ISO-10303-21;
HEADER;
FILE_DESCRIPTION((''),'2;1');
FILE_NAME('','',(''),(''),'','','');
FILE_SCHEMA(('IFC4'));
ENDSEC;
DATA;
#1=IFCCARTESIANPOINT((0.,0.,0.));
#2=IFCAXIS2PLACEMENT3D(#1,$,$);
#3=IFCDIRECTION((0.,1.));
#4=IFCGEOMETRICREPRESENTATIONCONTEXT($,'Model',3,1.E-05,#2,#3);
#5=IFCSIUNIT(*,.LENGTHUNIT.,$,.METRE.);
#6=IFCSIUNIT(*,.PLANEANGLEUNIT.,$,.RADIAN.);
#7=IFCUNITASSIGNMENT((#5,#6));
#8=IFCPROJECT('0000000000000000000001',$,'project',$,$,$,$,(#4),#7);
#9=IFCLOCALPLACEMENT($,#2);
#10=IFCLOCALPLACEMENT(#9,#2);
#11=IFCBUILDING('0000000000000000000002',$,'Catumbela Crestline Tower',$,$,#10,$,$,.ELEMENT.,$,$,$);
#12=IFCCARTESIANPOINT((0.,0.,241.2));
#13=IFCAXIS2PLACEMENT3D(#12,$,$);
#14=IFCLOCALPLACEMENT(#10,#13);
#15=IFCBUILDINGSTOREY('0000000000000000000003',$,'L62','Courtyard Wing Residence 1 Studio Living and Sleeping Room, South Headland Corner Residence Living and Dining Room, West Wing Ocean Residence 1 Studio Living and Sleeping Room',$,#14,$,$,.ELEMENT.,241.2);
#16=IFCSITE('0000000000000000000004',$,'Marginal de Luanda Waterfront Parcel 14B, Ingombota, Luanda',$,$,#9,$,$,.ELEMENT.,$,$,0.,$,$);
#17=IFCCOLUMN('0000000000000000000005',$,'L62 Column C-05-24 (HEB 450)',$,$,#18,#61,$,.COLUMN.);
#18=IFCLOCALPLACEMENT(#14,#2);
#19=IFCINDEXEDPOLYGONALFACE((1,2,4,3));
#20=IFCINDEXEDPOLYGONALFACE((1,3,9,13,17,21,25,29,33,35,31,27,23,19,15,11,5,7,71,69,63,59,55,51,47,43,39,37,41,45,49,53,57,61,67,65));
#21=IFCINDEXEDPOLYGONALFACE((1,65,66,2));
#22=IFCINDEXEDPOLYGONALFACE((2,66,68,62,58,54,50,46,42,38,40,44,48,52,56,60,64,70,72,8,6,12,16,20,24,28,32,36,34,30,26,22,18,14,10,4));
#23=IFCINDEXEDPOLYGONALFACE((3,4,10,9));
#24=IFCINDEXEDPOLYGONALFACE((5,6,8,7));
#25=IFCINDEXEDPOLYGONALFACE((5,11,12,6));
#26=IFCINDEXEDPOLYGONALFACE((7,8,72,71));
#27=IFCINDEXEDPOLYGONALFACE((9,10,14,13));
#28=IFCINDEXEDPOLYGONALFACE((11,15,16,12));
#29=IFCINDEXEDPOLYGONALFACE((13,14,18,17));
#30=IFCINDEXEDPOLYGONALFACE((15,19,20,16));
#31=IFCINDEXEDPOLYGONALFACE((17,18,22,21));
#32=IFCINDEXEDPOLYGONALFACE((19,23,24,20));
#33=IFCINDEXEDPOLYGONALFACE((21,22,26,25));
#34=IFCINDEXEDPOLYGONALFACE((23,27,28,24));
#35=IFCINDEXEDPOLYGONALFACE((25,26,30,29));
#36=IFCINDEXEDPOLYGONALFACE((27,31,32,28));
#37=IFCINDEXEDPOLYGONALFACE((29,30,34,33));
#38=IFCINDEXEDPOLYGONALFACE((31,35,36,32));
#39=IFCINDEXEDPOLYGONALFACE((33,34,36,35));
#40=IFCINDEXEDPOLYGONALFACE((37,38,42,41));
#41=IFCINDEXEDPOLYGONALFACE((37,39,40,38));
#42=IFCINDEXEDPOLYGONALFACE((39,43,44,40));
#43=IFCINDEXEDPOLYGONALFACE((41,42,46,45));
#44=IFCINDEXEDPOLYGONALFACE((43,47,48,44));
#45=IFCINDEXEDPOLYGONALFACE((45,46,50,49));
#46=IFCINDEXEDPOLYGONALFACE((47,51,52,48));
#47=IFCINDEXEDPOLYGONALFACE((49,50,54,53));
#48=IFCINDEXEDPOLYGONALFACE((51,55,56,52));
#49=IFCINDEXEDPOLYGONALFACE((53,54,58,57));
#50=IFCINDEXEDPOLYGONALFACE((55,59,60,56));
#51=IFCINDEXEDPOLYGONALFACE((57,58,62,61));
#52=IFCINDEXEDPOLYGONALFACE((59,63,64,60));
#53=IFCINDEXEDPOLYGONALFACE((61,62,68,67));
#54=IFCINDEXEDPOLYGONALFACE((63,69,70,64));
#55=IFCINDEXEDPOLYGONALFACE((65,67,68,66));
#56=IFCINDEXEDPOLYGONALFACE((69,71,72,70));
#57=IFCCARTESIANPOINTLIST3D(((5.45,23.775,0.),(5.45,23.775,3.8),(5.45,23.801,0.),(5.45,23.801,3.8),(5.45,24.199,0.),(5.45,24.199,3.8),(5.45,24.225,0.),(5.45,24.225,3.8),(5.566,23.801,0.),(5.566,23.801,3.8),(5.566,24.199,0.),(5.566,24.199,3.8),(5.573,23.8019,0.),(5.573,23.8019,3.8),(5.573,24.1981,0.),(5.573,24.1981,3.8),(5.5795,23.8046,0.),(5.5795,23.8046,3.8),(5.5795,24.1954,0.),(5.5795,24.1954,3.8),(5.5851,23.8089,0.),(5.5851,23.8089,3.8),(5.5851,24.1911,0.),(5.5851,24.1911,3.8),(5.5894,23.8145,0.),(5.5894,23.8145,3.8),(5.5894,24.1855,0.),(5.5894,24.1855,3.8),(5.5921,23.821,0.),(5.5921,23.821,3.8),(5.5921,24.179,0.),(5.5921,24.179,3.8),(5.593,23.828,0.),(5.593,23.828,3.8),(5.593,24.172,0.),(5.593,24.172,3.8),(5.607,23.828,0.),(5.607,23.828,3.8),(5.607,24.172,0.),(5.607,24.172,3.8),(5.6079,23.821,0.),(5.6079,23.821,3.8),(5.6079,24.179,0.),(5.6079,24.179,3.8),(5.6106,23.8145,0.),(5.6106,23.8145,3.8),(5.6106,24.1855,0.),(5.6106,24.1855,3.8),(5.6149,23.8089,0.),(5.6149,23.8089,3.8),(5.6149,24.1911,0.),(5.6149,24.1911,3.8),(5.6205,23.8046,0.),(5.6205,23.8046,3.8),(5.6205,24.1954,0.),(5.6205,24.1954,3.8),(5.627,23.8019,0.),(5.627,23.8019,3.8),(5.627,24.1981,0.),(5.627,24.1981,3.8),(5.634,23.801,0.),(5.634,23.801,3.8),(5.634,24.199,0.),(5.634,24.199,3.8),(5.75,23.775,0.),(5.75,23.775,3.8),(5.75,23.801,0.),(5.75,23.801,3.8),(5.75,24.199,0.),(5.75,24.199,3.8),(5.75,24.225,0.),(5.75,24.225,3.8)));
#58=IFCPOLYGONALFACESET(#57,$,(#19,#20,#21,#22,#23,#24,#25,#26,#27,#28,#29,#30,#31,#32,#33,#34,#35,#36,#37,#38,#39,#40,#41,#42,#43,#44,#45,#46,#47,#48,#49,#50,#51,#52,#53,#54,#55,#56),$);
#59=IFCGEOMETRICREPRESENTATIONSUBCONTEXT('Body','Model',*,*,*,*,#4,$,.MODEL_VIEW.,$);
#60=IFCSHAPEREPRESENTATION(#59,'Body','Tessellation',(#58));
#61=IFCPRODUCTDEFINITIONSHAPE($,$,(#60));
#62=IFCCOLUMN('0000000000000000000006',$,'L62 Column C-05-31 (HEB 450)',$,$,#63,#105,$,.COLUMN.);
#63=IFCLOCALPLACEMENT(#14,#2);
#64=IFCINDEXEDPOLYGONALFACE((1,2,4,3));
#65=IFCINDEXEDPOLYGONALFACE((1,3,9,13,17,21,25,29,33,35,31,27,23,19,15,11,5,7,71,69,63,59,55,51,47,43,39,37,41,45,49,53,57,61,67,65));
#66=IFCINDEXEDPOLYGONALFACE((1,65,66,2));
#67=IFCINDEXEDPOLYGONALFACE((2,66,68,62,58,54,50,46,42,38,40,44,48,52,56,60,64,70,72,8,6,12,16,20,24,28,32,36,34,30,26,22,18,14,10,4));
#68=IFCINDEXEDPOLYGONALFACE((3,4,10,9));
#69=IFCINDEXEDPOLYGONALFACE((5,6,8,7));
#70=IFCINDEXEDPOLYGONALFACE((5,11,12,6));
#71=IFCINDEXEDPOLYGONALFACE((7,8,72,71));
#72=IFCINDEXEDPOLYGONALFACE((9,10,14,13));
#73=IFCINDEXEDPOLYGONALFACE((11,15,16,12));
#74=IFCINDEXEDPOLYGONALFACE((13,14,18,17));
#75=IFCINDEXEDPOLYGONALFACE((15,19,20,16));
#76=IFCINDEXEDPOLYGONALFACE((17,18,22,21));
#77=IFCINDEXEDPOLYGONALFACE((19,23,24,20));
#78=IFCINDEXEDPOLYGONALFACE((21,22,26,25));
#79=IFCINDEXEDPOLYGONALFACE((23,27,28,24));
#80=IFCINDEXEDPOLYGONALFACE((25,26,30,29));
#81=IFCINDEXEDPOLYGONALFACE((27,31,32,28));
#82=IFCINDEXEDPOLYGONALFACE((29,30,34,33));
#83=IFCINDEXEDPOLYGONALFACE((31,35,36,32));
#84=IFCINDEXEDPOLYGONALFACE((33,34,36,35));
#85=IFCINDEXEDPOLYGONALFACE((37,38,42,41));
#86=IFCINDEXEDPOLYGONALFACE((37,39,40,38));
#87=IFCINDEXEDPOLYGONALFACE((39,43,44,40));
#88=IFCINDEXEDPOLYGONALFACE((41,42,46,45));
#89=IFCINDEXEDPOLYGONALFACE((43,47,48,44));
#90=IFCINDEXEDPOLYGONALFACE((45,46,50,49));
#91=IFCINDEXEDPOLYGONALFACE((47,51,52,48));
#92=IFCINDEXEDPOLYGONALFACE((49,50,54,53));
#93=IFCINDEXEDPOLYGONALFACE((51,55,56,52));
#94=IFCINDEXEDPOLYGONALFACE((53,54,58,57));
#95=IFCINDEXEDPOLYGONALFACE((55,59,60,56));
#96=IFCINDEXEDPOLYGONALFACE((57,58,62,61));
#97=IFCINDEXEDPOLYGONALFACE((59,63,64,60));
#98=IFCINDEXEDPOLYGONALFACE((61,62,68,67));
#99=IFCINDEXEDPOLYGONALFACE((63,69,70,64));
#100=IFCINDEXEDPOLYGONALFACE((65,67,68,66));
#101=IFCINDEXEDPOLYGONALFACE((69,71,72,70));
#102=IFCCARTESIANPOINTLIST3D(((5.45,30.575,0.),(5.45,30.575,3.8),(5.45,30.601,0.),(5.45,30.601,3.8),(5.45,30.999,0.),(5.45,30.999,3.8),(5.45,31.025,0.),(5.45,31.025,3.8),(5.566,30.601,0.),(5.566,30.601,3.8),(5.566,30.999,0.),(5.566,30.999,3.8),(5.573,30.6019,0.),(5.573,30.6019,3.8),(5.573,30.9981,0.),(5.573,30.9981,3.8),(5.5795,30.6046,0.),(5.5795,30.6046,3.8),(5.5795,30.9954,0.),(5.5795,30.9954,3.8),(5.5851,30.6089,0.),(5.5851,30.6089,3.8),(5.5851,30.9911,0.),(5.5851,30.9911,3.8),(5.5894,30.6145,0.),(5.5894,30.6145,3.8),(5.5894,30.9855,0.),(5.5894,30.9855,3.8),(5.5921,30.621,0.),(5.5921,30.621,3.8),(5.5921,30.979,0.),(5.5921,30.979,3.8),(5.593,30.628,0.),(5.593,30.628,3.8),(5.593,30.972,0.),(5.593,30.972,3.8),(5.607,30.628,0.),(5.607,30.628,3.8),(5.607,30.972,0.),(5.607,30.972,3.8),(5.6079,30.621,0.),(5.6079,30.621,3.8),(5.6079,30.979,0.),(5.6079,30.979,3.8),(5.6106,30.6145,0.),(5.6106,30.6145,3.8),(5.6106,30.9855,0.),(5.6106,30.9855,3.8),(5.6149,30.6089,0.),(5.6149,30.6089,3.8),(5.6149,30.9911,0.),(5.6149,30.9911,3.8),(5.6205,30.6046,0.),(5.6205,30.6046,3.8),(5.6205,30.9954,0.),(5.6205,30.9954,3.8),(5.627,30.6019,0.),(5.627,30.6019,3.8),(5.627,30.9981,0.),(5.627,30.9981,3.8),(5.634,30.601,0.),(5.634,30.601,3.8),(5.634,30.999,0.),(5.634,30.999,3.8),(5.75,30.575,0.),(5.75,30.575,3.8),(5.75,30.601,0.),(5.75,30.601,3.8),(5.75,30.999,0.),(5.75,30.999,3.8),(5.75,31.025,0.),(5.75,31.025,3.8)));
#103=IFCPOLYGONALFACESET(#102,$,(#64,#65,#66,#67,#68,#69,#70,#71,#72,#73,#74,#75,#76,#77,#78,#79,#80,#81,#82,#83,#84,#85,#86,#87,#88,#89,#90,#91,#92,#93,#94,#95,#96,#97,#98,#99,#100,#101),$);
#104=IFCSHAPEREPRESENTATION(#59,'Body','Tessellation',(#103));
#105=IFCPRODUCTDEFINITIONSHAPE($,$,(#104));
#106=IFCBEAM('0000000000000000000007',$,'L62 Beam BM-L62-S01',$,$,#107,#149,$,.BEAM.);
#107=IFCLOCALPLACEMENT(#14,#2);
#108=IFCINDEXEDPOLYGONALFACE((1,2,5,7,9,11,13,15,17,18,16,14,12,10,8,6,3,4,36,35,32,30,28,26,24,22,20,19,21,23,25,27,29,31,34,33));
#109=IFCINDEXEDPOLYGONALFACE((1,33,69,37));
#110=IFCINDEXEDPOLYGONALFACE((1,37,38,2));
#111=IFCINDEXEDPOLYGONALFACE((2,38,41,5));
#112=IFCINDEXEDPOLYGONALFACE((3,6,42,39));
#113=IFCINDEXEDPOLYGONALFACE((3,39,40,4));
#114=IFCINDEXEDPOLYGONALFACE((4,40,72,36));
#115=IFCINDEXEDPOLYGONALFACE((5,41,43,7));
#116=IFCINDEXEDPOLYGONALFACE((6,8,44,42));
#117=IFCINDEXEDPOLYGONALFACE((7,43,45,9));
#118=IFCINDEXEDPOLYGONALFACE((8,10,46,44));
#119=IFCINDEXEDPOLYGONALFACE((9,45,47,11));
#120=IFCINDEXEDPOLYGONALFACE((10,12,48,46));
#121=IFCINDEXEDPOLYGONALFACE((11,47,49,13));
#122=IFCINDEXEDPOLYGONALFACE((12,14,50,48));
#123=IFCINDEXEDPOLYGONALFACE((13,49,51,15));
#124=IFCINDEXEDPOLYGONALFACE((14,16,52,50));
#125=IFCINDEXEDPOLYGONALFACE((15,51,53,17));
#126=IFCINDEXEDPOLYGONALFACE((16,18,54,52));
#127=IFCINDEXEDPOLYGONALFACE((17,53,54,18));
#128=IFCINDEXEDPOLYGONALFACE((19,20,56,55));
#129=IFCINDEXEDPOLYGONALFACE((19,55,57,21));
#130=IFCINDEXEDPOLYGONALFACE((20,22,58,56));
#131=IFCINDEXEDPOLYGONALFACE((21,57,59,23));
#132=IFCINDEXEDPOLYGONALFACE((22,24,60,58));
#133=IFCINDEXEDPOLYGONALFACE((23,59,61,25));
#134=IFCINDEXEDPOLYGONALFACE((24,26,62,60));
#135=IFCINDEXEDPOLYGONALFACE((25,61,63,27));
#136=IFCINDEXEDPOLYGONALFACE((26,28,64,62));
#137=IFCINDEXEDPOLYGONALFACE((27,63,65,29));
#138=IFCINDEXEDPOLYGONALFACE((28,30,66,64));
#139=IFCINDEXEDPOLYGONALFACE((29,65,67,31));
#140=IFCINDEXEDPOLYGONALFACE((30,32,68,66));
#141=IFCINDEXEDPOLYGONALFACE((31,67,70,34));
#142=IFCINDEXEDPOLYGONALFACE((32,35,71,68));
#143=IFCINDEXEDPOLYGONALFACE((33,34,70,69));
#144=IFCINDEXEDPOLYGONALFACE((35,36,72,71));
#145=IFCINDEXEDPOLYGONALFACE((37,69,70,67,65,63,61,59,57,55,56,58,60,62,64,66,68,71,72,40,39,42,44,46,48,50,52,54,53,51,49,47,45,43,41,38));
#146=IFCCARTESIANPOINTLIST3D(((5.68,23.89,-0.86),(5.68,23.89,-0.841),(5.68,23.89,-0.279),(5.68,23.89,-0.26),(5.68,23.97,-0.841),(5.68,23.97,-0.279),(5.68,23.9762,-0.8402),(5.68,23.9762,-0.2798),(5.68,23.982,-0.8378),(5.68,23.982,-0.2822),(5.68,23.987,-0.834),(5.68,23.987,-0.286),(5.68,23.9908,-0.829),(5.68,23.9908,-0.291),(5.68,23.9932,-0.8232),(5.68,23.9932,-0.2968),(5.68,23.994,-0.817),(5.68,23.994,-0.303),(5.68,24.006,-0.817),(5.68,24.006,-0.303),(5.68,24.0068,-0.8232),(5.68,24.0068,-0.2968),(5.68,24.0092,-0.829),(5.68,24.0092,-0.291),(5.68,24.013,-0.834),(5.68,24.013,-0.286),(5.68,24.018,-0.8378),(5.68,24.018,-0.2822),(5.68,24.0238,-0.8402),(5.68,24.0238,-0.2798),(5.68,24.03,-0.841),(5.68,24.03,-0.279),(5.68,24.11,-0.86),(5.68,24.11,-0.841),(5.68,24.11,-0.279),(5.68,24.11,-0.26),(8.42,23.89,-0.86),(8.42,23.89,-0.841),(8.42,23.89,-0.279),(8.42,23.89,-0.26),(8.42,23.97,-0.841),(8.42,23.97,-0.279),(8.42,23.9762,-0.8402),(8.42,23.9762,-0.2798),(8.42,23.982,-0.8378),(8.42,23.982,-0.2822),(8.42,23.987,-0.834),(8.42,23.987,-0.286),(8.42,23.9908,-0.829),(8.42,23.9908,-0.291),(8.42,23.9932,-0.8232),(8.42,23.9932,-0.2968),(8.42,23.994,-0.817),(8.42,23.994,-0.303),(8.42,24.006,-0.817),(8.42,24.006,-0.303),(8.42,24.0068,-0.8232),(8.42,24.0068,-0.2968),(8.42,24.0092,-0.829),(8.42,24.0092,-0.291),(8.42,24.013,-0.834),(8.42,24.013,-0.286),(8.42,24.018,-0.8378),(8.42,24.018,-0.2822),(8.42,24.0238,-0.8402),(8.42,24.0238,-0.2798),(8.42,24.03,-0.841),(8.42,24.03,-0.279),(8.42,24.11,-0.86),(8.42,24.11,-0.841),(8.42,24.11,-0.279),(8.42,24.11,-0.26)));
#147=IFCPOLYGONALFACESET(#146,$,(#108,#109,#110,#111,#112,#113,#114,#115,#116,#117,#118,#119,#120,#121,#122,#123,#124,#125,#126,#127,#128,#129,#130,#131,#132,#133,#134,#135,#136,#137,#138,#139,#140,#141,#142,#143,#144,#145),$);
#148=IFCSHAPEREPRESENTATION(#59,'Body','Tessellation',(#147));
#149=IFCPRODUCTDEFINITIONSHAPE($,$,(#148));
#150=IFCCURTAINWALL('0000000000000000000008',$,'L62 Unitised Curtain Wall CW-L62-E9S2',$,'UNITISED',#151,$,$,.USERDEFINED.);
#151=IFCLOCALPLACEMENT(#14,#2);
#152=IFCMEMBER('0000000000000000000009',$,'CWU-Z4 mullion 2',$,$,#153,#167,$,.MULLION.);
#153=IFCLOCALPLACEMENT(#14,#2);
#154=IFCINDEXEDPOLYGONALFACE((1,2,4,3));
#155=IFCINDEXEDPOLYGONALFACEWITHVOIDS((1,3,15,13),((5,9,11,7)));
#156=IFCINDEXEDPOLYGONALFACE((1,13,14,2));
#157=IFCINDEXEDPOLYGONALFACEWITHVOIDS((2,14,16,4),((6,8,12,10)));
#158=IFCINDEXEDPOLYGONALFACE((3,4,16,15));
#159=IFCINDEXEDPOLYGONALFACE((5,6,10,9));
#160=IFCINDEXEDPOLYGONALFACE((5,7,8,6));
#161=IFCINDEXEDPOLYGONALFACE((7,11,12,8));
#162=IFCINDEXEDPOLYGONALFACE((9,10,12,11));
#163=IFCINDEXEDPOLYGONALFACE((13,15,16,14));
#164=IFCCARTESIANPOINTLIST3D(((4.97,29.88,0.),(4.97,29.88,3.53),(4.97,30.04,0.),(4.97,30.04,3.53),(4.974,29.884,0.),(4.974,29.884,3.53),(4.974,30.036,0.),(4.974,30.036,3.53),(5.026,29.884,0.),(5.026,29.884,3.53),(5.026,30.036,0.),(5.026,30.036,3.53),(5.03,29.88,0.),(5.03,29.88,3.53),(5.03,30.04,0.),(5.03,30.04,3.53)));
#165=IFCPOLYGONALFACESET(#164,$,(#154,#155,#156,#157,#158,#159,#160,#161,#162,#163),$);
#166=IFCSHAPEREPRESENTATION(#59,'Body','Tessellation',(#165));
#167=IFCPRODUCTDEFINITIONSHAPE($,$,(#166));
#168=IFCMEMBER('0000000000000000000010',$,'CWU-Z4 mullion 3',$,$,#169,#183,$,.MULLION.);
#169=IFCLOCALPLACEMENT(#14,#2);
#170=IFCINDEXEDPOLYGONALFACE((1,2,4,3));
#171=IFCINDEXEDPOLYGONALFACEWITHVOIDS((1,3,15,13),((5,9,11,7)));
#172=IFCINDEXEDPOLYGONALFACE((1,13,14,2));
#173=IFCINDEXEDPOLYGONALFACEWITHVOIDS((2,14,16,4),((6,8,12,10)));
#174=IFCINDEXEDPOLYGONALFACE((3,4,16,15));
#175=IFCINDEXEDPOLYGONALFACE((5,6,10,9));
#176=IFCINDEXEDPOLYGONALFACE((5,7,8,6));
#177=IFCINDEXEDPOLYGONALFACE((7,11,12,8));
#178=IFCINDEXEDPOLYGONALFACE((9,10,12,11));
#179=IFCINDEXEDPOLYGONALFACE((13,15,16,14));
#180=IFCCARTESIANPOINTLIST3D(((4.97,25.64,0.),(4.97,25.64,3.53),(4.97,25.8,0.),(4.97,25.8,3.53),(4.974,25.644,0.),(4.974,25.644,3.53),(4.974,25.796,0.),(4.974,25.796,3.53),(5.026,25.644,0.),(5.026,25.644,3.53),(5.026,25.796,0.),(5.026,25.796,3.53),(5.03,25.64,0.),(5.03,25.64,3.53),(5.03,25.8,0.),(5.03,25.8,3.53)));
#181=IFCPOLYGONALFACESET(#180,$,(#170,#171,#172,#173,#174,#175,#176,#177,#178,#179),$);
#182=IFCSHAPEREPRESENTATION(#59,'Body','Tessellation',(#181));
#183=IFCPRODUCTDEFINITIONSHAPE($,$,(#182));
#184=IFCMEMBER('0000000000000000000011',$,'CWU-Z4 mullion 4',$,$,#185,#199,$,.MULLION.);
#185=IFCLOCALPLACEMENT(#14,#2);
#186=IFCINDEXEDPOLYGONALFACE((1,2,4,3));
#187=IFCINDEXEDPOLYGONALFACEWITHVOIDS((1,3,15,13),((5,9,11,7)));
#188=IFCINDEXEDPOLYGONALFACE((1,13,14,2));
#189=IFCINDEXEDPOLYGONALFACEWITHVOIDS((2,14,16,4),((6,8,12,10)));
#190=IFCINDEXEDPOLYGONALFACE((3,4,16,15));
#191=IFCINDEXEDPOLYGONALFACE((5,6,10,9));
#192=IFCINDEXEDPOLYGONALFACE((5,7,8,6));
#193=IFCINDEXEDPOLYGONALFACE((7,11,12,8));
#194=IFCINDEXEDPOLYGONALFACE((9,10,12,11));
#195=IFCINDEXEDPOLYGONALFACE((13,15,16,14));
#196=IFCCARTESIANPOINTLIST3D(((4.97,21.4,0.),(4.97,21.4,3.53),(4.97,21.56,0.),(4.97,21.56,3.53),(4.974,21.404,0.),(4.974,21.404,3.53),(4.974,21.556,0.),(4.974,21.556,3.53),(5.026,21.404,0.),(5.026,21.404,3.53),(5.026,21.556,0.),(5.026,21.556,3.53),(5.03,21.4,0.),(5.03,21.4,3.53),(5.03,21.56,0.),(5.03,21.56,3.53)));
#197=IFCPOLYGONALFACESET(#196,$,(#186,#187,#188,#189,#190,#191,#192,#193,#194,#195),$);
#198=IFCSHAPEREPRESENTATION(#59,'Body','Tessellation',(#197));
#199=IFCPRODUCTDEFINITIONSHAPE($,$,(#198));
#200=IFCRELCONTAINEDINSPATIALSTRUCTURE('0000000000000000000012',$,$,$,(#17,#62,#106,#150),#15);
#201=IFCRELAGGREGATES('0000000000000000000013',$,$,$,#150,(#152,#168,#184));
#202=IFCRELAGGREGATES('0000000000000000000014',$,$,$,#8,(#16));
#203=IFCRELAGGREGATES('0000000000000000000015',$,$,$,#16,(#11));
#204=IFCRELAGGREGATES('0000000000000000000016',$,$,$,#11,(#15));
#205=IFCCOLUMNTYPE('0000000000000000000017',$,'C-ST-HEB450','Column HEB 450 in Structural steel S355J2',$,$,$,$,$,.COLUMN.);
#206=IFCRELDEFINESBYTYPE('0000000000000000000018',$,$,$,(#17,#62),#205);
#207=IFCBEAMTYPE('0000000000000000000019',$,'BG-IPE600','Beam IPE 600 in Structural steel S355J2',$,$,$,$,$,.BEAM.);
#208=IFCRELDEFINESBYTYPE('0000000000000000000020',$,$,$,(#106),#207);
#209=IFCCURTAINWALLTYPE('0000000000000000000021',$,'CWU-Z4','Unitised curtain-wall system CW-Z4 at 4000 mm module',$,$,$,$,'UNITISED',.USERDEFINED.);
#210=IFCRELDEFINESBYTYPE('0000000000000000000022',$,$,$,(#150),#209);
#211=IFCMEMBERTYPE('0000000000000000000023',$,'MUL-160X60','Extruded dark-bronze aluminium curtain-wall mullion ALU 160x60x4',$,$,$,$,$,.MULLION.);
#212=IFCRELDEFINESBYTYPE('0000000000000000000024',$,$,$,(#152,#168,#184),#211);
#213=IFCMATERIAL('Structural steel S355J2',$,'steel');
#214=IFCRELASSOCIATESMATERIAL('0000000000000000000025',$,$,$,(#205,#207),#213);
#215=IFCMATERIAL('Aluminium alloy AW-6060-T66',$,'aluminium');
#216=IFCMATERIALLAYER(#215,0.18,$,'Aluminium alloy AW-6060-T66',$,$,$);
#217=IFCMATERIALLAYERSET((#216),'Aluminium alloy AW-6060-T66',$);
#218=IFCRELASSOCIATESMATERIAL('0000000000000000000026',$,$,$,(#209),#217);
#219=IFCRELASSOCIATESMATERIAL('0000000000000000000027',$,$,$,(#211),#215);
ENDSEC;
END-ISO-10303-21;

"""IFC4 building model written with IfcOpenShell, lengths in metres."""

from ifc_helpers import new_model, si_unit, direction, frame, origin, origin_2d, place, context, subcontext, project, spatial, hollow_rectangle, i_section, extrude, material, layer, layer_set, material_profile, profile_set, type_object, element, aggregate, save


model = new_model("IFC4")

# Units and contexts
model_context = context("Model", 3, precision=1e-05, world=origin(), true_north=direction((0.0, 1.0)))
body_context = subcontext(model_context, "Body", "Model", "MODEL_VIEW")
ifc_project = project(units=[si_unit("LENGTHUNIT", "METRE"), si_unit("PLANEANGLEUNIT", "RADIAN")], contexts=[model_context])

# Site, building, storey
site_placement = place(None, origin())
site = spatial("IfcSite", under=ifc_project, at=site_placement, Name="Marginal de Luanda Waterfront Parcel 14B, Ingombota, Luanda", CompositionType="ELEMENT", RefElevation=0.0)
building_placement = place(site_placement, origin())
building = spatial("IfcBuilding", under=site, at=building_placement, Name="Catumbela Crestline Tower", CompositionType="ELEMENT")
storey_placement = place(building_placement, frame((0.0, 0.0, 241.2)))
storey = spatial("IfcBuildingStorey", under=building, at=storey_placement, Name="L62", Description="Courtyard Wing Residence 1 Studio Living and Sleeping Room, South Headland Corner Residence Living and Dining Room, West Wing Ocean Residence 1 Studio Living and Sleeping Room", CompositionType="ELEMENT", Elevation=241.2)

# Columns
ifc_material_1 = material(Name="Structural steel S355J2", Category="steel")
ifc_material_profile_1 = material_profile(ifc_material_1, i_section(OverallWidth=0.3, OverallDepth=0.45, WebThickness=0.014, FlangeThickness=0.026, FilletRadius=0.027, at=origin_2d()), Name="HEB 450")
ifc_profile_set_1 = profile_set([ifc_material_profile_1], Name="Structural steel S355J2")
column_type = type_object("IfcColumnType", Name="C-ST-HEB450", Description="Column HEB 450 in Structural steel S355J2", PredefinedType="COLUMN", material=ifc_profile_set_1)
for number, where, z_axis, x_axis, name in (
    (1, (5.6, 24.0, 0.0), (0.0, 0.0, 1.0), (1.0, 0.0, 0.0), "L62 Column C-05-24 (HEB 450)"),
    (2, (5.6, 30.8, 0.0), (0.0, 0.0, 1.0), (1.0, 0.0, 0.0), "L62 Column C-05-31 (HEB 450)"),
):
    element("IfcColumn", number, at=place(storey_placement, frame(where, z_axis=z_axis, x_axis=x_axis)), inside=storey, type_object=column_type, Name=name, PredefinedType="COLUMN", context=body_context, shape_type="SweptSolid", body=[
        extrude(i_section(OverallWidth=0.3, OverallDepth=0.45, WebThickness=0.014, FlangeThickness=0.026, FilletRadius=0.027, at=origin_2d()), origin(), (0.0, 0.0, 1.0), 3.8),
    ])

# Beam
ifc_material_profile_2 = material_profile(ifc_material_1, i_section(OverallWidth=0.22, OverallDepth=0.6, WebThickness=0.012, FlangeThickness=0.019, FilletRadius=0.024, at=origin_2d()), Name="IPE 600")
ifc_profile_set_2 = profile_set([ifc_material_profile_2], Name="Structural steel S355J2")
beam_type_1 = type_object("IfcBeamType", Name="BG-IPE600", Description="Beam IPE 600 in Structural steel S355J2", PredefinedType="BEAM", material=ifc_profile_set_2)
beam_1_placement = place(storey_placement, frame((5.68, 24.0, -0.56), z_axis=(1.0, 0.0, 0.0), x_axis=(0.0, 1.0, 0.0)))
element("IfcBeam", 3, at=beam_1_placement, inside=storey, type_object=beam_type_1, Name="L62 Beam BM-L62-S01", PredefinedType="BEAM", context=body_context, shape_type="SweptSolid", body=[
    extrude(i_section(OverallWidth=0.22, OverallDepth=0.6, WebThickness=0.012, FlangeThickness=0.019, FilletRadius=0.024, at=origin_2d()), origin(), (0.0, 0.0, 1.0), 2.74),
])

# Curtain wall, members
ifc_material_2 = material(Name="Aluminium alloy AW-6060-T66", Category="aluminium")
ifc_layer_1 = layer(ifc_material_2, 0.18, Name="Aluminium alloy AW-6060-T66")
ifc_layer_set_1 = layer_set([ifc_layer_1], Name="Aluminium alloy AW-6060-T66")
curtain_wall_type = type_object("IfcCurtainWallType", Name="CWU-Z4", Description="Unitised curtain-wall system CW-Z4 at 4000 mm module", ElementType="UNITISED", PredefinedType="USERDEFINED", material=ifc_layer_set_1)
curtain_wall_placement = place(storey_placement, origin())
curtain_wall = element("IfcCurtainWall", 4, at=curtain_wall_placement, inside=storey, type_object=curtain_wall_type, Name="L62 Unitised Curtain Wall CW-L62-E9S2", ObjectType="UNITISED", PredefinedType="USERDEFINED")
ifc_material_profile_3 = material_profile(ifc_material_2, hollow_rectangle(XDim=0.06, YDim=0.16, WallThickness=0.004, at=origin_2d()), Name="ALU 160x60x4")
ifc_profile_set_3 = profile_set([ifc_material_profile_3], Name="Aluminium alloy AW-6060-T66")
member_type_1 = type_object("IfcMemberType", Name="MUL-160X60", Description="Extruded dark-bronze aluminium curtain-wall mullion ALU 160x60x4", PredefinedType="MULLION", material=ifc_profile_set_3)
member_1_placement = place(storey_placement, frame((5.0, 29.96, 0.0), z_axis=(0.0, 0.0, 1.0), x_axis=(1.0, 0.0, 0.0)))
member_1 = element("IfcMember", 5, at=member_1_placement, type_object=member_type_1, Name="CWU-Z4 mullion 2", PredefinedType="MULLION", context=body_context, shape_type="SweptSolid", body=[
    extrude(hollow_rectangle(XDim=0.06, YDim=0.16, WallThickness=0.004, at=origin_2d()), origin(), (0.0, 0.0, 1.0), 3.53),
])
member_2_placement = place(storey_placement, frame((5.0, 25.72, 0.0), z_axis=(0.0, 0.0, 1.0), x_axis=(1.0, 0.0, 0.0)))
member_2 = element("IfcMember", 6, at=member_2_placement, type_object=member_type_1, Name="CWU-Z4 mullion 3", PredefinedType="MULLION", context=body_context, shape_type="SweptSolid", body=[
    extrude(hollow_rectangle(XDim=0.06, YDim=0.16, WallThickness=0.004, at=origin_2d()), origin(), (0.0, 0.0, 1.0), 3.53),
])
member_3_placement = place(storey_placement, frame((5.0, 21.48, 0.0), z_axis=(0.0, 0.0, 1.0), x_axis=(1.0, 0.0, 0.0)))
member_3 = element("IfcMember", 7, at=member_3_placement, type_object=member_type_1, Name="CWU-Z4 mullion 4", PredefinedType="MULLION", context=body_context, shape_type="SweptSolid", body=[
    extrude(hollow_rectangle(XDim=0.06, YDim=0.16, WallThickness=0.004, at=origin_2d()), origin(), (0.0, 0.0, 1.0), 3.53),
])

aggregate(curtain_wall, [member_1, member_2, member_3])

save(model, "model.ifc")
